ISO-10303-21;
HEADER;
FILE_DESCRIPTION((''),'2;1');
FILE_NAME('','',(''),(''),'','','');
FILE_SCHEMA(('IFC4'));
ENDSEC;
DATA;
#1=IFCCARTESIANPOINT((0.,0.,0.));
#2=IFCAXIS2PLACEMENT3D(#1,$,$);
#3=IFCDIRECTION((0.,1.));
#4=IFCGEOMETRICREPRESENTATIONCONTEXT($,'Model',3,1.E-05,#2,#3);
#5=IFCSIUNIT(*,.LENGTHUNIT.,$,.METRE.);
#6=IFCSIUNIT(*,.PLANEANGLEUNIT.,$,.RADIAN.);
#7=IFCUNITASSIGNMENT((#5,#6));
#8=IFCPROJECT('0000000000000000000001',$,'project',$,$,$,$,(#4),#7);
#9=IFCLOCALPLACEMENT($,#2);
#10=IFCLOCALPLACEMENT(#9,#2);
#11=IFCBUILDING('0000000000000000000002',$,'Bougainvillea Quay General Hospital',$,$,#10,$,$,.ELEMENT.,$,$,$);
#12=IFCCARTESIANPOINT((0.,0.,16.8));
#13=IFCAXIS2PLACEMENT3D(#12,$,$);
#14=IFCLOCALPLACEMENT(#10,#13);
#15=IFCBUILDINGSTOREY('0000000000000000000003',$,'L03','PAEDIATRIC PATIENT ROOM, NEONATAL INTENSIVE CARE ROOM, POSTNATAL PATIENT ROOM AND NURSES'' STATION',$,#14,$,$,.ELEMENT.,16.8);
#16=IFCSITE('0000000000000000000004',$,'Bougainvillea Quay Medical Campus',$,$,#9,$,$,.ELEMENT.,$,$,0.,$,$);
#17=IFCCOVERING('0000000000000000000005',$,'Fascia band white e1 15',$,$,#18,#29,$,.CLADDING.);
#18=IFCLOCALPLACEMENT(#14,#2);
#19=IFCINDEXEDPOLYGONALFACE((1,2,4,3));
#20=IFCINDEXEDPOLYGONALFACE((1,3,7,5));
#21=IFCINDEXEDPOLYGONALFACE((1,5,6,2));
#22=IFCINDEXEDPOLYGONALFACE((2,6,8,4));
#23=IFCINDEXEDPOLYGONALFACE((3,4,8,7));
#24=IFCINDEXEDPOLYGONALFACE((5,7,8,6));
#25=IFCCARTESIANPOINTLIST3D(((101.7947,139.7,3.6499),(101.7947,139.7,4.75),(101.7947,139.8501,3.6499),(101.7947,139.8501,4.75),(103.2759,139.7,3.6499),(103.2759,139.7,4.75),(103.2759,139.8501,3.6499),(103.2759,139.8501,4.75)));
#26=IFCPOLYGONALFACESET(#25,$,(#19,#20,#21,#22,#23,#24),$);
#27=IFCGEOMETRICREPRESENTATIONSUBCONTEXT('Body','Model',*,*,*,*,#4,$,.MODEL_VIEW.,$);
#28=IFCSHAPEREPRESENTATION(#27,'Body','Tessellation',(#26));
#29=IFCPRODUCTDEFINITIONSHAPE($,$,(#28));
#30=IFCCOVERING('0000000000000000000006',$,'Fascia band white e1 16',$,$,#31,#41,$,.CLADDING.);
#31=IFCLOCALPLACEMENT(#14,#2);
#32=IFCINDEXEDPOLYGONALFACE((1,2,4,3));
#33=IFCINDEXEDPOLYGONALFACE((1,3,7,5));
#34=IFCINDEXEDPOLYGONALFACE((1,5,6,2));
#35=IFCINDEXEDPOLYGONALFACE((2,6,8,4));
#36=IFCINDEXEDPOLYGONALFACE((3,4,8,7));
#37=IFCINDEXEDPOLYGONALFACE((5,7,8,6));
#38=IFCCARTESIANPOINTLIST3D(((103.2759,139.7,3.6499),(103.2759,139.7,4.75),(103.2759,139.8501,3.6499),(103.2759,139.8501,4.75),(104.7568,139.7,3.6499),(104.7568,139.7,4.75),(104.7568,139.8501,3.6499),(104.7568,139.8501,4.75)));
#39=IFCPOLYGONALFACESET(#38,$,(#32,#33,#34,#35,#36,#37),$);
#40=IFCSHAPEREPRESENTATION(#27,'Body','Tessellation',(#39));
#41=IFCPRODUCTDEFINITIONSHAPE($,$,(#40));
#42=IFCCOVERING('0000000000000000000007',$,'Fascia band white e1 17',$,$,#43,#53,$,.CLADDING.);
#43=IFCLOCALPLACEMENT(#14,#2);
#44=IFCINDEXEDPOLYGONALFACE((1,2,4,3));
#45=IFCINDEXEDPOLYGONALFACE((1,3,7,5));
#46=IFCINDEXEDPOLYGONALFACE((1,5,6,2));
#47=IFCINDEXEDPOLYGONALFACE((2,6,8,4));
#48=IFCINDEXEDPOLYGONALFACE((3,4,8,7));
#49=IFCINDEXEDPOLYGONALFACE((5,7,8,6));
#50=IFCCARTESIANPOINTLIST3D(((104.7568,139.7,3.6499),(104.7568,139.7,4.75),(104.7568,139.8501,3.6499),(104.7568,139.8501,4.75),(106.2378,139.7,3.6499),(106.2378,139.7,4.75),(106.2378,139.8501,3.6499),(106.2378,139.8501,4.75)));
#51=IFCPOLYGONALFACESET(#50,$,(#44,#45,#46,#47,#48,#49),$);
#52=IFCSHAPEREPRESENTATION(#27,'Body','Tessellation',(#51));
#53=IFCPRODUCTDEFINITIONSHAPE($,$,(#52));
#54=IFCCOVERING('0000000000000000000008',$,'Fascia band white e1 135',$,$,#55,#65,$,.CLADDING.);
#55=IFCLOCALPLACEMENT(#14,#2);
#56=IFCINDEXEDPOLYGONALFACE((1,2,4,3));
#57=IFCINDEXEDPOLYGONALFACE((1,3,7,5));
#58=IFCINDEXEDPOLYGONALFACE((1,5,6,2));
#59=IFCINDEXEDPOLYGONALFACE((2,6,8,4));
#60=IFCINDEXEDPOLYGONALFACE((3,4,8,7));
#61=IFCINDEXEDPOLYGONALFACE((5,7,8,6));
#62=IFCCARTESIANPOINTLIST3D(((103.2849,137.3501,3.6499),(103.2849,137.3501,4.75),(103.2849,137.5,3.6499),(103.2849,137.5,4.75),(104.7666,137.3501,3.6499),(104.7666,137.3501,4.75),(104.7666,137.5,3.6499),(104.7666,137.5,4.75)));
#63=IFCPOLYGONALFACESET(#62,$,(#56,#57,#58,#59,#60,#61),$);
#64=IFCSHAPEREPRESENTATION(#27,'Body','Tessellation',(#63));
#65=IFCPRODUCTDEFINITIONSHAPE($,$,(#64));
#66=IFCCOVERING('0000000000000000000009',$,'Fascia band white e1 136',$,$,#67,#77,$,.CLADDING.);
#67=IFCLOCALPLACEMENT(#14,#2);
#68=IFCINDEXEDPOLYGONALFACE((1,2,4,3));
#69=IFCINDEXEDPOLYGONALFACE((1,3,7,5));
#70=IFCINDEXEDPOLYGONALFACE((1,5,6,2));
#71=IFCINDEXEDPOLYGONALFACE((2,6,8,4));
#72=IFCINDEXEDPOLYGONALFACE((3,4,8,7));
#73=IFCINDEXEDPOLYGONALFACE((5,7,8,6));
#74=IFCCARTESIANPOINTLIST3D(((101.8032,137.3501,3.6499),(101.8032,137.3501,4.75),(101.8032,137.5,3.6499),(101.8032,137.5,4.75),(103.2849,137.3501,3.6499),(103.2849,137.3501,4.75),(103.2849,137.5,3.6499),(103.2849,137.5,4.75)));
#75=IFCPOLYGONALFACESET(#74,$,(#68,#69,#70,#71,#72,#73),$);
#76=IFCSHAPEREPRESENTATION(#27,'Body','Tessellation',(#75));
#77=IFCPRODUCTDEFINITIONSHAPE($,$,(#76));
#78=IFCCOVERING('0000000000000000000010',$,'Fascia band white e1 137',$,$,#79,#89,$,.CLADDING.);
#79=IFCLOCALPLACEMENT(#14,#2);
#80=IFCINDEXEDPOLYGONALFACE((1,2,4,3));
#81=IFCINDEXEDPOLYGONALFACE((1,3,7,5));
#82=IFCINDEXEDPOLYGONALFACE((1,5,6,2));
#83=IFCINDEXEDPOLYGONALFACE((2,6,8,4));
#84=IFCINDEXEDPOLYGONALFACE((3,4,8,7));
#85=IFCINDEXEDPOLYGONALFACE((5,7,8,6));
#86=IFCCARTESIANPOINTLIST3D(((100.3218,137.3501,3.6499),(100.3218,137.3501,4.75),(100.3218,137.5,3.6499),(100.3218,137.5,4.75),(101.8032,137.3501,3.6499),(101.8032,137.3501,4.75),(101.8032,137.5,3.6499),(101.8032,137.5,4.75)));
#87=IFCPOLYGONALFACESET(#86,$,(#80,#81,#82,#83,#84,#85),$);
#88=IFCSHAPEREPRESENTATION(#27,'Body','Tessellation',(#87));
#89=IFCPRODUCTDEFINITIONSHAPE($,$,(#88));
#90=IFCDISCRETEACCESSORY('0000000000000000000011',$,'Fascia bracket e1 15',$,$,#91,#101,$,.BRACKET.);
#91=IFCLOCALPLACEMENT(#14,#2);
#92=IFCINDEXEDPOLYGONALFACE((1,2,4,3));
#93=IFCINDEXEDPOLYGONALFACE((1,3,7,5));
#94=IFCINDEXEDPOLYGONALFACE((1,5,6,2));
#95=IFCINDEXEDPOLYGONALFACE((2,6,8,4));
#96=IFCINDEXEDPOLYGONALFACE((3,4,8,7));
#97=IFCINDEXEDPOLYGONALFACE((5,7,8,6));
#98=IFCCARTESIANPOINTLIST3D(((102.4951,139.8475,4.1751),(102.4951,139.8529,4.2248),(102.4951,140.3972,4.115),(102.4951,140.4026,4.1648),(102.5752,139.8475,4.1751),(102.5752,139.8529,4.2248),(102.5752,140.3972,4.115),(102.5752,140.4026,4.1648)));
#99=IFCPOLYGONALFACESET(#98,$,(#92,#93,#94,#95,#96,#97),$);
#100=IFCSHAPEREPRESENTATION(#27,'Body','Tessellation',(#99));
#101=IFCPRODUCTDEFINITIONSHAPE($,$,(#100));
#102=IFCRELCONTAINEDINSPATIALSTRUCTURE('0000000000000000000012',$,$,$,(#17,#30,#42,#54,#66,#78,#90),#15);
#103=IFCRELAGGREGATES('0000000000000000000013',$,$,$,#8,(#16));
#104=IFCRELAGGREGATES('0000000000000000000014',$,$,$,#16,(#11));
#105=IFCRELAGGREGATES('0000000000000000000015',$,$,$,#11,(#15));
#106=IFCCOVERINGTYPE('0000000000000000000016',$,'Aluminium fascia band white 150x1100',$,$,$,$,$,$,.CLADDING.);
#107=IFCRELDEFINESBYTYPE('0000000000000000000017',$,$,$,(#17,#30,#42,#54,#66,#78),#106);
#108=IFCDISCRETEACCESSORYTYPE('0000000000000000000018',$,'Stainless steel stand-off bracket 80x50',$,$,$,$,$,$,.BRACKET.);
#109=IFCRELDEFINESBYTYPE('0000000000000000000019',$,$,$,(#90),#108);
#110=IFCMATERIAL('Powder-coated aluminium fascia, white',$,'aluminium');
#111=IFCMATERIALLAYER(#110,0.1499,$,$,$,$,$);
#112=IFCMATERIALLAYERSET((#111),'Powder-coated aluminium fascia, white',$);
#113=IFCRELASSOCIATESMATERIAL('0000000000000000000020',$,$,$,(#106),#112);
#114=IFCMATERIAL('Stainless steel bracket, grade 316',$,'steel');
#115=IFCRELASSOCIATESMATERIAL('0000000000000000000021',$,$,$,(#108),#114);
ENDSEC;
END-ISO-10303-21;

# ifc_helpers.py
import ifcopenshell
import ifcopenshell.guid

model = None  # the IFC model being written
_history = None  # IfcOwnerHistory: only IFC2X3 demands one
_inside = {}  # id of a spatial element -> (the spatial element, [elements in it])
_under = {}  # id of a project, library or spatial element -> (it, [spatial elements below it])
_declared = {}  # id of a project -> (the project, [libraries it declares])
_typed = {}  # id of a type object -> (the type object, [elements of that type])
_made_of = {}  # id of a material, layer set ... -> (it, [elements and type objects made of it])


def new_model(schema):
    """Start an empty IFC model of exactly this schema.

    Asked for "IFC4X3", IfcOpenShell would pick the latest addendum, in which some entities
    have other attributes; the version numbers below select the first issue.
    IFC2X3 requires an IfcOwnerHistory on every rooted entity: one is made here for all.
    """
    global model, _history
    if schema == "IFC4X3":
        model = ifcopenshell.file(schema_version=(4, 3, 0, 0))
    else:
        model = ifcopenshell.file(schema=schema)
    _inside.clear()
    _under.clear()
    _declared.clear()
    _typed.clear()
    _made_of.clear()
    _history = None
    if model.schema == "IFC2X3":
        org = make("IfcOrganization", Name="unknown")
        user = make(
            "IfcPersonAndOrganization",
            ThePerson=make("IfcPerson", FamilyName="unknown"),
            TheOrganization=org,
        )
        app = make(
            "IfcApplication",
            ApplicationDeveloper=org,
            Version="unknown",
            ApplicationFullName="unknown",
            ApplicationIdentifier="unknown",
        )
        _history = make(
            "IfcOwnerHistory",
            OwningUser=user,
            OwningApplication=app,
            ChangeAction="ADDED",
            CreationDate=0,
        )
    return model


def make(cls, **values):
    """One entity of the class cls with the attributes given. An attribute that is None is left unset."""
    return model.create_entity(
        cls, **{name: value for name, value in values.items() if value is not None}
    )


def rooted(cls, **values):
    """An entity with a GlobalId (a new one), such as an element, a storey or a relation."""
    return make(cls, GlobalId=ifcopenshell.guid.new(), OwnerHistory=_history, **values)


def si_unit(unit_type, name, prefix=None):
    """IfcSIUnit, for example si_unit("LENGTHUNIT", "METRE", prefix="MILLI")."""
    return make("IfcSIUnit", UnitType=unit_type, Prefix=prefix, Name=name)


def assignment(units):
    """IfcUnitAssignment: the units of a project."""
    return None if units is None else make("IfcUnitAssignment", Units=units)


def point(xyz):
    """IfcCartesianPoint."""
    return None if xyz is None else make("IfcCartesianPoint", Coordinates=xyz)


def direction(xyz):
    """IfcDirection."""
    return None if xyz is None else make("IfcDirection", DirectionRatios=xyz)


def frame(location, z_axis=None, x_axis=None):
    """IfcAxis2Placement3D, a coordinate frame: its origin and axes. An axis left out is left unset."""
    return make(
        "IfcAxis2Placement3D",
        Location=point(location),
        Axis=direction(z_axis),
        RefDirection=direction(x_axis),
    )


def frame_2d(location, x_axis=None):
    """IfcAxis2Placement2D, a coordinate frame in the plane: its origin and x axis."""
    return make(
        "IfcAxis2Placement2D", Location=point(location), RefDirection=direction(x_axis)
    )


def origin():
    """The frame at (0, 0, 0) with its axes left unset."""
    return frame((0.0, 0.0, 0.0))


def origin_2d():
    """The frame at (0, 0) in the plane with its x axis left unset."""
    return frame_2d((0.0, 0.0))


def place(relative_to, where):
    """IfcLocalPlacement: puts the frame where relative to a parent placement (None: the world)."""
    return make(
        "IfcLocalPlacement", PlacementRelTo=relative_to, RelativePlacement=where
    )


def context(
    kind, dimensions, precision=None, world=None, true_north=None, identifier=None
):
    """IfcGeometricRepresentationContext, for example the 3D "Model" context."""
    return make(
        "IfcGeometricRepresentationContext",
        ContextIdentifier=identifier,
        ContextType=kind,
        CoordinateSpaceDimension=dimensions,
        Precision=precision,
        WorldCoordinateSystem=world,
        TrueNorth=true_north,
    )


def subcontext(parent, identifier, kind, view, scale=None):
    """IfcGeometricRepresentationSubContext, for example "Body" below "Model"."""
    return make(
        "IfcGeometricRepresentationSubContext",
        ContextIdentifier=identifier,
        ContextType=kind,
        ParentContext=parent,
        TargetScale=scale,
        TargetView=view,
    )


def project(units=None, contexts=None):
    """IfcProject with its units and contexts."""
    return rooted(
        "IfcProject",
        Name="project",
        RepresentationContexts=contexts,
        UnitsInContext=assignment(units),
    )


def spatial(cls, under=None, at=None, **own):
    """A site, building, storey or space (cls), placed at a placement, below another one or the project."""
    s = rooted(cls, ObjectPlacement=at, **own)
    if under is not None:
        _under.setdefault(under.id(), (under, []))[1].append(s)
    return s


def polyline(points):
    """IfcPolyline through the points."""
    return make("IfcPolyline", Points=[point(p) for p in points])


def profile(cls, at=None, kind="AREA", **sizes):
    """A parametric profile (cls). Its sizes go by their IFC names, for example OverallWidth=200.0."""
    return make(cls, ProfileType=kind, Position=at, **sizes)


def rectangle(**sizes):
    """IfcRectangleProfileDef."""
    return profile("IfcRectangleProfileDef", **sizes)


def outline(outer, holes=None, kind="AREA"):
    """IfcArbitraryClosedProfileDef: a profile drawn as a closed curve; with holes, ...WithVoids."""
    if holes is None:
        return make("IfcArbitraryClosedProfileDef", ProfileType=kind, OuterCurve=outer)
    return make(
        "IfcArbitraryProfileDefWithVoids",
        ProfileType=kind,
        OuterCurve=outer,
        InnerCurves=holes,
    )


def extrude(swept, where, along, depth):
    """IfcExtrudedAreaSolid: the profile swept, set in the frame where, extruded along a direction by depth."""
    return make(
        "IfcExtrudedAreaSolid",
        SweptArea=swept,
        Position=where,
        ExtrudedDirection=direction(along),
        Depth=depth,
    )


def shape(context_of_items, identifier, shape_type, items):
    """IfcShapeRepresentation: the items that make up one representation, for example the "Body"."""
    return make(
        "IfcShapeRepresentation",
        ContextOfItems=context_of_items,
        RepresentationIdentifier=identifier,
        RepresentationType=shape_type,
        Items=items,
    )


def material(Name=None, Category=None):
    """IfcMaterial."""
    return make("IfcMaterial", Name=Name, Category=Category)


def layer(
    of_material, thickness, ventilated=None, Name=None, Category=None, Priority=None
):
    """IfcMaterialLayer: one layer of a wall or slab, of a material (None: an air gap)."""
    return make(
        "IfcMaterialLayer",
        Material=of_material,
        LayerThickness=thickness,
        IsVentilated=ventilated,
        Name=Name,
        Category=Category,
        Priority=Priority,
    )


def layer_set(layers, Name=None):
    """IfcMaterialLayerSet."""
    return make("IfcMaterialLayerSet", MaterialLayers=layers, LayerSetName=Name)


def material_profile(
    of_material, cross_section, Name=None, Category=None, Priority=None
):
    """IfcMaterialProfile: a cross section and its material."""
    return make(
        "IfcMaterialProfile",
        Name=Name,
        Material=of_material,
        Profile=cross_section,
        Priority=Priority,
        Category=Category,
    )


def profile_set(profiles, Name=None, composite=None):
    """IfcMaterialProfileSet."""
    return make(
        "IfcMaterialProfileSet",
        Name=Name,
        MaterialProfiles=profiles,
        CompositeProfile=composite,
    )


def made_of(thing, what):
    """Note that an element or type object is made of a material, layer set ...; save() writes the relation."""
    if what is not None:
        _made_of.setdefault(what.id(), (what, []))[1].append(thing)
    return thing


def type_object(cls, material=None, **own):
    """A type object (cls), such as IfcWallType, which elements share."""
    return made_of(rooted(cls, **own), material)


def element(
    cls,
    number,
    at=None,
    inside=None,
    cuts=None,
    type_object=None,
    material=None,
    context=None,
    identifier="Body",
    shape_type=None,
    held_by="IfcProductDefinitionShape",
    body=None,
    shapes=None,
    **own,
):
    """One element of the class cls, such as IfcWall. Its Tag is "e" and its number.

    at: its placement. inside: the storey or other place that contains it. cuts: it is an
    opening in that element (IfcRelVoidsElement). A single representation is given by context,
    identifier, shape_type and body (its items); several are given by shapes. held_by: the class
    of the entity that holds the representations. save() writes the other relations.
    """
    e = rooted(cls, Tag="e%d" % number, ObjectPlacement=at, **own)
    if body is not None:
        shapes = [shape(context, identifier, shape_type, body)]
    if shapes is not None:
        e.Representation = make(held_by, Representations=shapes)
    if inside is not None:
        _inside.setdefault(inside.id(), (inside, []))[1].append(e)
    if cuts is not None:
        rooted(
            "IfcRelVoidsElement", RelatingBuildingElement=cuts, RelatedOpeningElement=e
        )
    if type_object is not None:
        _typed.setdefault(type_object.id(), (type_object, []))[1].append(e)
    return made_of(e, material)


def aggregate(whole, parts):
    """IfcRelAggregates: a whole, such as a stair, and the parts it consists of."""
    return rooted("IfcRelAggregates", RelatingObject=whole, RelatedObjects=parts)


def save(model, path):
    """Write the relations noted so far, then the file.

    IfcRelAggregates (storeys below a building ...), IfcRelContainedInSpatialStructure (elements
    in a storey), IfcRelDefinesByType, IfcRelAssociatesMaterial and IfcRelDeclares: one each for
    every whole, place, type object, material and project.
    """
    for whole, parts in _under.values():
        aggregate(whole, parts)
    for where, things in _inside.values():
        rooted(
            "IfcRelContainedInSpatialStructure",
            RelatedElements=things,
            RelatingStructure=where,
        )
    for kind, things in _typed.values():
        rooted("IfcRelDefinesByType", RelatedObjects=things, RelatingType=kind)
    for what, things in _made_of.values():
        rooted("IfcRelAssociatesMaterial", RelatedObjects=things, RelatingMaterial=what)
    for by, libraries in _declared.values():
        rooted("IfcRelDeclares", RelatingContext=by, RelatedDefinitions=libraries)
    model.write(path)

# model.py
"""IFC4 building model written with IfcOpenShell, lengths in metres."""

from ifc_helpers import new_model, si_unit, direction, frame, origin, origin_2d, place, context, subcontext, project, spatial, polyline, rectangle, outline, extrude, material, layer, layer_set, material_profile, profile_set, type_object, element, save


model = new_model("IFC4")

# Units and contexts
model_context = context("Model", 3, precision=1e-05, world=origin(), true_north=direction((0.0, 1.0)))
body_context = subcontext(model_context, "Body", "Model", "MODEL_VIEW")
ifc_project = project(units=[si_unit("LENGTHUNIT", "METRE"), si_unit("PLANEANGLEUNIT", "RADIAN")], contexts=[model_context])

# Site, building, storey
site_placement = place(None, origin())
site = spatial("IfcSite", under=ifc_project, at=site_placement, Name="Bougainvillea Quay Medical Campus", CompositionType="ELEMENT", RefElevation=0.0)
building_placement = place(site_placement, origin())
building = spatial("IfcBuilding", under=site, at=building_placement, Name="Bougainvillea Quay General Hospital", CompositionType="ELEMENT")
storey_placement = place(building_placement, frame((0.0, 0.0, 16.8)))
storey = spatial("IfcBuildingStorey", under=building, at=storey_placement, Name="L03", Description="PAEDIATRIC PATIENT ROOM, NEONATAL INTENSIVE CARE ROOM, POSTNATAL PATIENT ROOM AND NURSES' STATION", CompositionType="ELEMENT", Elevation=16.8)

# Coverings
ifc_material_1 = material(Name="Powder-coated aluminium fascia, white", Category="aluminium")
ifc_layer_1 = layer(ifc_material_1, 0.1499)
ifc_layer_set_1 = layer_set([ifc_layer_1], Name="Powder-coated aluminium fascia, white")
covering_type = type_object("IfcCoveringType", Name="Aluminium fascia band white 150x1100", PredefinedType="CLADDING", material=ifc_layer_set_1)
covering_1_placement = place(storey_placement, frame((101.7947, 139.8501, 3.6499), z_axis=(0.0, 0.0, 1.0), x_axis=(1.0, 0.0, 0.0)))
element("IfcCovering", 1, at=covering_1_placement, inside=storey, type_object=covering_type, Name="Fascia band white e1 15", PredefinedType="CLADDING", context=body_context, shape_type="SweptSolid", body=[
    extrude(outline(polyline([(0.0, 0.0), (1.4812, 0.0), (1.4812, -0.1501), (0.0, -0.1501), (0.0, 0.0)])), origin(), (0.0, 0.0, 1.0), 1.1001),
])
for number, where, z_axis, x_axis, name in (
    (2, (103.2759, 139.8501, 3.6499), (0.0, 0.0, 1.0), (1.0, 0.0, 0.0), "Fascia band white e1 16"),
    (3, (104.7568, 139.8501, 3.6499), (0.0, 0.0, 1.0), (1.0, 0.0, 0.0), "Fascia band white e1 17"),
):
    element("IfcCovering", number, at=place(storey_placement, frame(where, z_axis=z_axis, x_axis=x_axis)), inside=storey, type_object=covering_type, Name=name, PredefinedType="CLADDING", context=body_context, shape_type="SweptSolid", body=[
        extrude(outline(polyline([(0.0, 0.0), (1.481, 0.0), (1.481, -0.1501), (0.0, -0.1501), (0.0, 0.0)])), origin(), (0.0, 0.0, 1.0), 1.1001),
    ])
for number, where, z_axis, x_axis, name in (
    (4, (104.7666, 137.3501, 3.6499), (0.0, 0.0, 1.0), (-1.0, 0.0, 0.0), "Fascia band white e1 135"),
    (5, (103.2849, 137.3501, 3.6499), (0.0, 0.0, 1.0), (-1.0, 0.0, 0.0), "Fascia band white e1 136"),
):
    element("IfcCovering", number, at=place(storey_placement, frame(where, z_axis=z_axis, x_axis=x_axis)), inside=storey, type_object=covering_type, Name=name, PredefinedType="CLADDING", context=body_context, shape_type="SweptSolid", body=[
        extrude(outline(polyline([(0.0, 0.0), (1.4817, 0.0), (1.4817, -0.1499), (0.0, -0.1499), (0.0, 0.0)])), origin(), (0.0, 0.0, 1.0), 1.1001),
    ])
covering_2_placement = place(storey_placement, frame((101.8032, 137.3501, 3.6499), z_axis=(0.0, 0.0, 1.0), x_axis=(-1.0, 0.0, 0.0)))
element("IfcCovering", 6, at=covering_2_placement, inside=storey, type_object=covering_type, Name="Fascia band white e1 137", PredefinedType="CLADDING", context=body_context, shape_type="SweptSolid", body=[
    extrude(outline(polyline([(0.0, 0.0), (1.4814, 0.0), (1.4814, -0.1499), (0.0, -0.1499), (0.0, 0.0)])), origin(), (0.0, 0.0, 1.0), 1.1001),
])

# Discrete accessory
ifc_material_2 = material(Name="Stainless steel bracket, grade 316", Category="steel")
ifc_material_profile_1 = material_profile(ifc_material_2, rectangle(XDim=0.0801, YDim=0.05, at=origin_2d()))
ifc_profile_set_1 = profile_set([ifc_material_profile_1], Name="Stainless steel bracket, grade 316")
discrete_accessory_type = type_object("IfcDiscreteAccessoryType", Name="Stainless steel stand-off bracket 80x50", PredefinedType="BRACKET", material=ifc_profile_set_1)
discrete_accessory_placement = place(storey_placement, frame((102.5352, 140.3999, 4.1399), z_axis=(0.0, -0.994087, 0.10859), x_axis=(1.0, 0.0, 0.0)))
element("IfcDiscreteAccessory", 7, at=discrete_accessory_placement, inside=storey, type_object=discrete_accessory_type, Name="Fascia bracket e1 15", PredefinedType="BRACKET", context=body_context, shape_type="SweptSolid", body=[
    extrude(rectangle(XDim=0.0801, YDim=0.05, at=origin_2d()), origin(), (0.0, 0.0, 1.0), 0.553),
])

save(model, "model.ifc")
